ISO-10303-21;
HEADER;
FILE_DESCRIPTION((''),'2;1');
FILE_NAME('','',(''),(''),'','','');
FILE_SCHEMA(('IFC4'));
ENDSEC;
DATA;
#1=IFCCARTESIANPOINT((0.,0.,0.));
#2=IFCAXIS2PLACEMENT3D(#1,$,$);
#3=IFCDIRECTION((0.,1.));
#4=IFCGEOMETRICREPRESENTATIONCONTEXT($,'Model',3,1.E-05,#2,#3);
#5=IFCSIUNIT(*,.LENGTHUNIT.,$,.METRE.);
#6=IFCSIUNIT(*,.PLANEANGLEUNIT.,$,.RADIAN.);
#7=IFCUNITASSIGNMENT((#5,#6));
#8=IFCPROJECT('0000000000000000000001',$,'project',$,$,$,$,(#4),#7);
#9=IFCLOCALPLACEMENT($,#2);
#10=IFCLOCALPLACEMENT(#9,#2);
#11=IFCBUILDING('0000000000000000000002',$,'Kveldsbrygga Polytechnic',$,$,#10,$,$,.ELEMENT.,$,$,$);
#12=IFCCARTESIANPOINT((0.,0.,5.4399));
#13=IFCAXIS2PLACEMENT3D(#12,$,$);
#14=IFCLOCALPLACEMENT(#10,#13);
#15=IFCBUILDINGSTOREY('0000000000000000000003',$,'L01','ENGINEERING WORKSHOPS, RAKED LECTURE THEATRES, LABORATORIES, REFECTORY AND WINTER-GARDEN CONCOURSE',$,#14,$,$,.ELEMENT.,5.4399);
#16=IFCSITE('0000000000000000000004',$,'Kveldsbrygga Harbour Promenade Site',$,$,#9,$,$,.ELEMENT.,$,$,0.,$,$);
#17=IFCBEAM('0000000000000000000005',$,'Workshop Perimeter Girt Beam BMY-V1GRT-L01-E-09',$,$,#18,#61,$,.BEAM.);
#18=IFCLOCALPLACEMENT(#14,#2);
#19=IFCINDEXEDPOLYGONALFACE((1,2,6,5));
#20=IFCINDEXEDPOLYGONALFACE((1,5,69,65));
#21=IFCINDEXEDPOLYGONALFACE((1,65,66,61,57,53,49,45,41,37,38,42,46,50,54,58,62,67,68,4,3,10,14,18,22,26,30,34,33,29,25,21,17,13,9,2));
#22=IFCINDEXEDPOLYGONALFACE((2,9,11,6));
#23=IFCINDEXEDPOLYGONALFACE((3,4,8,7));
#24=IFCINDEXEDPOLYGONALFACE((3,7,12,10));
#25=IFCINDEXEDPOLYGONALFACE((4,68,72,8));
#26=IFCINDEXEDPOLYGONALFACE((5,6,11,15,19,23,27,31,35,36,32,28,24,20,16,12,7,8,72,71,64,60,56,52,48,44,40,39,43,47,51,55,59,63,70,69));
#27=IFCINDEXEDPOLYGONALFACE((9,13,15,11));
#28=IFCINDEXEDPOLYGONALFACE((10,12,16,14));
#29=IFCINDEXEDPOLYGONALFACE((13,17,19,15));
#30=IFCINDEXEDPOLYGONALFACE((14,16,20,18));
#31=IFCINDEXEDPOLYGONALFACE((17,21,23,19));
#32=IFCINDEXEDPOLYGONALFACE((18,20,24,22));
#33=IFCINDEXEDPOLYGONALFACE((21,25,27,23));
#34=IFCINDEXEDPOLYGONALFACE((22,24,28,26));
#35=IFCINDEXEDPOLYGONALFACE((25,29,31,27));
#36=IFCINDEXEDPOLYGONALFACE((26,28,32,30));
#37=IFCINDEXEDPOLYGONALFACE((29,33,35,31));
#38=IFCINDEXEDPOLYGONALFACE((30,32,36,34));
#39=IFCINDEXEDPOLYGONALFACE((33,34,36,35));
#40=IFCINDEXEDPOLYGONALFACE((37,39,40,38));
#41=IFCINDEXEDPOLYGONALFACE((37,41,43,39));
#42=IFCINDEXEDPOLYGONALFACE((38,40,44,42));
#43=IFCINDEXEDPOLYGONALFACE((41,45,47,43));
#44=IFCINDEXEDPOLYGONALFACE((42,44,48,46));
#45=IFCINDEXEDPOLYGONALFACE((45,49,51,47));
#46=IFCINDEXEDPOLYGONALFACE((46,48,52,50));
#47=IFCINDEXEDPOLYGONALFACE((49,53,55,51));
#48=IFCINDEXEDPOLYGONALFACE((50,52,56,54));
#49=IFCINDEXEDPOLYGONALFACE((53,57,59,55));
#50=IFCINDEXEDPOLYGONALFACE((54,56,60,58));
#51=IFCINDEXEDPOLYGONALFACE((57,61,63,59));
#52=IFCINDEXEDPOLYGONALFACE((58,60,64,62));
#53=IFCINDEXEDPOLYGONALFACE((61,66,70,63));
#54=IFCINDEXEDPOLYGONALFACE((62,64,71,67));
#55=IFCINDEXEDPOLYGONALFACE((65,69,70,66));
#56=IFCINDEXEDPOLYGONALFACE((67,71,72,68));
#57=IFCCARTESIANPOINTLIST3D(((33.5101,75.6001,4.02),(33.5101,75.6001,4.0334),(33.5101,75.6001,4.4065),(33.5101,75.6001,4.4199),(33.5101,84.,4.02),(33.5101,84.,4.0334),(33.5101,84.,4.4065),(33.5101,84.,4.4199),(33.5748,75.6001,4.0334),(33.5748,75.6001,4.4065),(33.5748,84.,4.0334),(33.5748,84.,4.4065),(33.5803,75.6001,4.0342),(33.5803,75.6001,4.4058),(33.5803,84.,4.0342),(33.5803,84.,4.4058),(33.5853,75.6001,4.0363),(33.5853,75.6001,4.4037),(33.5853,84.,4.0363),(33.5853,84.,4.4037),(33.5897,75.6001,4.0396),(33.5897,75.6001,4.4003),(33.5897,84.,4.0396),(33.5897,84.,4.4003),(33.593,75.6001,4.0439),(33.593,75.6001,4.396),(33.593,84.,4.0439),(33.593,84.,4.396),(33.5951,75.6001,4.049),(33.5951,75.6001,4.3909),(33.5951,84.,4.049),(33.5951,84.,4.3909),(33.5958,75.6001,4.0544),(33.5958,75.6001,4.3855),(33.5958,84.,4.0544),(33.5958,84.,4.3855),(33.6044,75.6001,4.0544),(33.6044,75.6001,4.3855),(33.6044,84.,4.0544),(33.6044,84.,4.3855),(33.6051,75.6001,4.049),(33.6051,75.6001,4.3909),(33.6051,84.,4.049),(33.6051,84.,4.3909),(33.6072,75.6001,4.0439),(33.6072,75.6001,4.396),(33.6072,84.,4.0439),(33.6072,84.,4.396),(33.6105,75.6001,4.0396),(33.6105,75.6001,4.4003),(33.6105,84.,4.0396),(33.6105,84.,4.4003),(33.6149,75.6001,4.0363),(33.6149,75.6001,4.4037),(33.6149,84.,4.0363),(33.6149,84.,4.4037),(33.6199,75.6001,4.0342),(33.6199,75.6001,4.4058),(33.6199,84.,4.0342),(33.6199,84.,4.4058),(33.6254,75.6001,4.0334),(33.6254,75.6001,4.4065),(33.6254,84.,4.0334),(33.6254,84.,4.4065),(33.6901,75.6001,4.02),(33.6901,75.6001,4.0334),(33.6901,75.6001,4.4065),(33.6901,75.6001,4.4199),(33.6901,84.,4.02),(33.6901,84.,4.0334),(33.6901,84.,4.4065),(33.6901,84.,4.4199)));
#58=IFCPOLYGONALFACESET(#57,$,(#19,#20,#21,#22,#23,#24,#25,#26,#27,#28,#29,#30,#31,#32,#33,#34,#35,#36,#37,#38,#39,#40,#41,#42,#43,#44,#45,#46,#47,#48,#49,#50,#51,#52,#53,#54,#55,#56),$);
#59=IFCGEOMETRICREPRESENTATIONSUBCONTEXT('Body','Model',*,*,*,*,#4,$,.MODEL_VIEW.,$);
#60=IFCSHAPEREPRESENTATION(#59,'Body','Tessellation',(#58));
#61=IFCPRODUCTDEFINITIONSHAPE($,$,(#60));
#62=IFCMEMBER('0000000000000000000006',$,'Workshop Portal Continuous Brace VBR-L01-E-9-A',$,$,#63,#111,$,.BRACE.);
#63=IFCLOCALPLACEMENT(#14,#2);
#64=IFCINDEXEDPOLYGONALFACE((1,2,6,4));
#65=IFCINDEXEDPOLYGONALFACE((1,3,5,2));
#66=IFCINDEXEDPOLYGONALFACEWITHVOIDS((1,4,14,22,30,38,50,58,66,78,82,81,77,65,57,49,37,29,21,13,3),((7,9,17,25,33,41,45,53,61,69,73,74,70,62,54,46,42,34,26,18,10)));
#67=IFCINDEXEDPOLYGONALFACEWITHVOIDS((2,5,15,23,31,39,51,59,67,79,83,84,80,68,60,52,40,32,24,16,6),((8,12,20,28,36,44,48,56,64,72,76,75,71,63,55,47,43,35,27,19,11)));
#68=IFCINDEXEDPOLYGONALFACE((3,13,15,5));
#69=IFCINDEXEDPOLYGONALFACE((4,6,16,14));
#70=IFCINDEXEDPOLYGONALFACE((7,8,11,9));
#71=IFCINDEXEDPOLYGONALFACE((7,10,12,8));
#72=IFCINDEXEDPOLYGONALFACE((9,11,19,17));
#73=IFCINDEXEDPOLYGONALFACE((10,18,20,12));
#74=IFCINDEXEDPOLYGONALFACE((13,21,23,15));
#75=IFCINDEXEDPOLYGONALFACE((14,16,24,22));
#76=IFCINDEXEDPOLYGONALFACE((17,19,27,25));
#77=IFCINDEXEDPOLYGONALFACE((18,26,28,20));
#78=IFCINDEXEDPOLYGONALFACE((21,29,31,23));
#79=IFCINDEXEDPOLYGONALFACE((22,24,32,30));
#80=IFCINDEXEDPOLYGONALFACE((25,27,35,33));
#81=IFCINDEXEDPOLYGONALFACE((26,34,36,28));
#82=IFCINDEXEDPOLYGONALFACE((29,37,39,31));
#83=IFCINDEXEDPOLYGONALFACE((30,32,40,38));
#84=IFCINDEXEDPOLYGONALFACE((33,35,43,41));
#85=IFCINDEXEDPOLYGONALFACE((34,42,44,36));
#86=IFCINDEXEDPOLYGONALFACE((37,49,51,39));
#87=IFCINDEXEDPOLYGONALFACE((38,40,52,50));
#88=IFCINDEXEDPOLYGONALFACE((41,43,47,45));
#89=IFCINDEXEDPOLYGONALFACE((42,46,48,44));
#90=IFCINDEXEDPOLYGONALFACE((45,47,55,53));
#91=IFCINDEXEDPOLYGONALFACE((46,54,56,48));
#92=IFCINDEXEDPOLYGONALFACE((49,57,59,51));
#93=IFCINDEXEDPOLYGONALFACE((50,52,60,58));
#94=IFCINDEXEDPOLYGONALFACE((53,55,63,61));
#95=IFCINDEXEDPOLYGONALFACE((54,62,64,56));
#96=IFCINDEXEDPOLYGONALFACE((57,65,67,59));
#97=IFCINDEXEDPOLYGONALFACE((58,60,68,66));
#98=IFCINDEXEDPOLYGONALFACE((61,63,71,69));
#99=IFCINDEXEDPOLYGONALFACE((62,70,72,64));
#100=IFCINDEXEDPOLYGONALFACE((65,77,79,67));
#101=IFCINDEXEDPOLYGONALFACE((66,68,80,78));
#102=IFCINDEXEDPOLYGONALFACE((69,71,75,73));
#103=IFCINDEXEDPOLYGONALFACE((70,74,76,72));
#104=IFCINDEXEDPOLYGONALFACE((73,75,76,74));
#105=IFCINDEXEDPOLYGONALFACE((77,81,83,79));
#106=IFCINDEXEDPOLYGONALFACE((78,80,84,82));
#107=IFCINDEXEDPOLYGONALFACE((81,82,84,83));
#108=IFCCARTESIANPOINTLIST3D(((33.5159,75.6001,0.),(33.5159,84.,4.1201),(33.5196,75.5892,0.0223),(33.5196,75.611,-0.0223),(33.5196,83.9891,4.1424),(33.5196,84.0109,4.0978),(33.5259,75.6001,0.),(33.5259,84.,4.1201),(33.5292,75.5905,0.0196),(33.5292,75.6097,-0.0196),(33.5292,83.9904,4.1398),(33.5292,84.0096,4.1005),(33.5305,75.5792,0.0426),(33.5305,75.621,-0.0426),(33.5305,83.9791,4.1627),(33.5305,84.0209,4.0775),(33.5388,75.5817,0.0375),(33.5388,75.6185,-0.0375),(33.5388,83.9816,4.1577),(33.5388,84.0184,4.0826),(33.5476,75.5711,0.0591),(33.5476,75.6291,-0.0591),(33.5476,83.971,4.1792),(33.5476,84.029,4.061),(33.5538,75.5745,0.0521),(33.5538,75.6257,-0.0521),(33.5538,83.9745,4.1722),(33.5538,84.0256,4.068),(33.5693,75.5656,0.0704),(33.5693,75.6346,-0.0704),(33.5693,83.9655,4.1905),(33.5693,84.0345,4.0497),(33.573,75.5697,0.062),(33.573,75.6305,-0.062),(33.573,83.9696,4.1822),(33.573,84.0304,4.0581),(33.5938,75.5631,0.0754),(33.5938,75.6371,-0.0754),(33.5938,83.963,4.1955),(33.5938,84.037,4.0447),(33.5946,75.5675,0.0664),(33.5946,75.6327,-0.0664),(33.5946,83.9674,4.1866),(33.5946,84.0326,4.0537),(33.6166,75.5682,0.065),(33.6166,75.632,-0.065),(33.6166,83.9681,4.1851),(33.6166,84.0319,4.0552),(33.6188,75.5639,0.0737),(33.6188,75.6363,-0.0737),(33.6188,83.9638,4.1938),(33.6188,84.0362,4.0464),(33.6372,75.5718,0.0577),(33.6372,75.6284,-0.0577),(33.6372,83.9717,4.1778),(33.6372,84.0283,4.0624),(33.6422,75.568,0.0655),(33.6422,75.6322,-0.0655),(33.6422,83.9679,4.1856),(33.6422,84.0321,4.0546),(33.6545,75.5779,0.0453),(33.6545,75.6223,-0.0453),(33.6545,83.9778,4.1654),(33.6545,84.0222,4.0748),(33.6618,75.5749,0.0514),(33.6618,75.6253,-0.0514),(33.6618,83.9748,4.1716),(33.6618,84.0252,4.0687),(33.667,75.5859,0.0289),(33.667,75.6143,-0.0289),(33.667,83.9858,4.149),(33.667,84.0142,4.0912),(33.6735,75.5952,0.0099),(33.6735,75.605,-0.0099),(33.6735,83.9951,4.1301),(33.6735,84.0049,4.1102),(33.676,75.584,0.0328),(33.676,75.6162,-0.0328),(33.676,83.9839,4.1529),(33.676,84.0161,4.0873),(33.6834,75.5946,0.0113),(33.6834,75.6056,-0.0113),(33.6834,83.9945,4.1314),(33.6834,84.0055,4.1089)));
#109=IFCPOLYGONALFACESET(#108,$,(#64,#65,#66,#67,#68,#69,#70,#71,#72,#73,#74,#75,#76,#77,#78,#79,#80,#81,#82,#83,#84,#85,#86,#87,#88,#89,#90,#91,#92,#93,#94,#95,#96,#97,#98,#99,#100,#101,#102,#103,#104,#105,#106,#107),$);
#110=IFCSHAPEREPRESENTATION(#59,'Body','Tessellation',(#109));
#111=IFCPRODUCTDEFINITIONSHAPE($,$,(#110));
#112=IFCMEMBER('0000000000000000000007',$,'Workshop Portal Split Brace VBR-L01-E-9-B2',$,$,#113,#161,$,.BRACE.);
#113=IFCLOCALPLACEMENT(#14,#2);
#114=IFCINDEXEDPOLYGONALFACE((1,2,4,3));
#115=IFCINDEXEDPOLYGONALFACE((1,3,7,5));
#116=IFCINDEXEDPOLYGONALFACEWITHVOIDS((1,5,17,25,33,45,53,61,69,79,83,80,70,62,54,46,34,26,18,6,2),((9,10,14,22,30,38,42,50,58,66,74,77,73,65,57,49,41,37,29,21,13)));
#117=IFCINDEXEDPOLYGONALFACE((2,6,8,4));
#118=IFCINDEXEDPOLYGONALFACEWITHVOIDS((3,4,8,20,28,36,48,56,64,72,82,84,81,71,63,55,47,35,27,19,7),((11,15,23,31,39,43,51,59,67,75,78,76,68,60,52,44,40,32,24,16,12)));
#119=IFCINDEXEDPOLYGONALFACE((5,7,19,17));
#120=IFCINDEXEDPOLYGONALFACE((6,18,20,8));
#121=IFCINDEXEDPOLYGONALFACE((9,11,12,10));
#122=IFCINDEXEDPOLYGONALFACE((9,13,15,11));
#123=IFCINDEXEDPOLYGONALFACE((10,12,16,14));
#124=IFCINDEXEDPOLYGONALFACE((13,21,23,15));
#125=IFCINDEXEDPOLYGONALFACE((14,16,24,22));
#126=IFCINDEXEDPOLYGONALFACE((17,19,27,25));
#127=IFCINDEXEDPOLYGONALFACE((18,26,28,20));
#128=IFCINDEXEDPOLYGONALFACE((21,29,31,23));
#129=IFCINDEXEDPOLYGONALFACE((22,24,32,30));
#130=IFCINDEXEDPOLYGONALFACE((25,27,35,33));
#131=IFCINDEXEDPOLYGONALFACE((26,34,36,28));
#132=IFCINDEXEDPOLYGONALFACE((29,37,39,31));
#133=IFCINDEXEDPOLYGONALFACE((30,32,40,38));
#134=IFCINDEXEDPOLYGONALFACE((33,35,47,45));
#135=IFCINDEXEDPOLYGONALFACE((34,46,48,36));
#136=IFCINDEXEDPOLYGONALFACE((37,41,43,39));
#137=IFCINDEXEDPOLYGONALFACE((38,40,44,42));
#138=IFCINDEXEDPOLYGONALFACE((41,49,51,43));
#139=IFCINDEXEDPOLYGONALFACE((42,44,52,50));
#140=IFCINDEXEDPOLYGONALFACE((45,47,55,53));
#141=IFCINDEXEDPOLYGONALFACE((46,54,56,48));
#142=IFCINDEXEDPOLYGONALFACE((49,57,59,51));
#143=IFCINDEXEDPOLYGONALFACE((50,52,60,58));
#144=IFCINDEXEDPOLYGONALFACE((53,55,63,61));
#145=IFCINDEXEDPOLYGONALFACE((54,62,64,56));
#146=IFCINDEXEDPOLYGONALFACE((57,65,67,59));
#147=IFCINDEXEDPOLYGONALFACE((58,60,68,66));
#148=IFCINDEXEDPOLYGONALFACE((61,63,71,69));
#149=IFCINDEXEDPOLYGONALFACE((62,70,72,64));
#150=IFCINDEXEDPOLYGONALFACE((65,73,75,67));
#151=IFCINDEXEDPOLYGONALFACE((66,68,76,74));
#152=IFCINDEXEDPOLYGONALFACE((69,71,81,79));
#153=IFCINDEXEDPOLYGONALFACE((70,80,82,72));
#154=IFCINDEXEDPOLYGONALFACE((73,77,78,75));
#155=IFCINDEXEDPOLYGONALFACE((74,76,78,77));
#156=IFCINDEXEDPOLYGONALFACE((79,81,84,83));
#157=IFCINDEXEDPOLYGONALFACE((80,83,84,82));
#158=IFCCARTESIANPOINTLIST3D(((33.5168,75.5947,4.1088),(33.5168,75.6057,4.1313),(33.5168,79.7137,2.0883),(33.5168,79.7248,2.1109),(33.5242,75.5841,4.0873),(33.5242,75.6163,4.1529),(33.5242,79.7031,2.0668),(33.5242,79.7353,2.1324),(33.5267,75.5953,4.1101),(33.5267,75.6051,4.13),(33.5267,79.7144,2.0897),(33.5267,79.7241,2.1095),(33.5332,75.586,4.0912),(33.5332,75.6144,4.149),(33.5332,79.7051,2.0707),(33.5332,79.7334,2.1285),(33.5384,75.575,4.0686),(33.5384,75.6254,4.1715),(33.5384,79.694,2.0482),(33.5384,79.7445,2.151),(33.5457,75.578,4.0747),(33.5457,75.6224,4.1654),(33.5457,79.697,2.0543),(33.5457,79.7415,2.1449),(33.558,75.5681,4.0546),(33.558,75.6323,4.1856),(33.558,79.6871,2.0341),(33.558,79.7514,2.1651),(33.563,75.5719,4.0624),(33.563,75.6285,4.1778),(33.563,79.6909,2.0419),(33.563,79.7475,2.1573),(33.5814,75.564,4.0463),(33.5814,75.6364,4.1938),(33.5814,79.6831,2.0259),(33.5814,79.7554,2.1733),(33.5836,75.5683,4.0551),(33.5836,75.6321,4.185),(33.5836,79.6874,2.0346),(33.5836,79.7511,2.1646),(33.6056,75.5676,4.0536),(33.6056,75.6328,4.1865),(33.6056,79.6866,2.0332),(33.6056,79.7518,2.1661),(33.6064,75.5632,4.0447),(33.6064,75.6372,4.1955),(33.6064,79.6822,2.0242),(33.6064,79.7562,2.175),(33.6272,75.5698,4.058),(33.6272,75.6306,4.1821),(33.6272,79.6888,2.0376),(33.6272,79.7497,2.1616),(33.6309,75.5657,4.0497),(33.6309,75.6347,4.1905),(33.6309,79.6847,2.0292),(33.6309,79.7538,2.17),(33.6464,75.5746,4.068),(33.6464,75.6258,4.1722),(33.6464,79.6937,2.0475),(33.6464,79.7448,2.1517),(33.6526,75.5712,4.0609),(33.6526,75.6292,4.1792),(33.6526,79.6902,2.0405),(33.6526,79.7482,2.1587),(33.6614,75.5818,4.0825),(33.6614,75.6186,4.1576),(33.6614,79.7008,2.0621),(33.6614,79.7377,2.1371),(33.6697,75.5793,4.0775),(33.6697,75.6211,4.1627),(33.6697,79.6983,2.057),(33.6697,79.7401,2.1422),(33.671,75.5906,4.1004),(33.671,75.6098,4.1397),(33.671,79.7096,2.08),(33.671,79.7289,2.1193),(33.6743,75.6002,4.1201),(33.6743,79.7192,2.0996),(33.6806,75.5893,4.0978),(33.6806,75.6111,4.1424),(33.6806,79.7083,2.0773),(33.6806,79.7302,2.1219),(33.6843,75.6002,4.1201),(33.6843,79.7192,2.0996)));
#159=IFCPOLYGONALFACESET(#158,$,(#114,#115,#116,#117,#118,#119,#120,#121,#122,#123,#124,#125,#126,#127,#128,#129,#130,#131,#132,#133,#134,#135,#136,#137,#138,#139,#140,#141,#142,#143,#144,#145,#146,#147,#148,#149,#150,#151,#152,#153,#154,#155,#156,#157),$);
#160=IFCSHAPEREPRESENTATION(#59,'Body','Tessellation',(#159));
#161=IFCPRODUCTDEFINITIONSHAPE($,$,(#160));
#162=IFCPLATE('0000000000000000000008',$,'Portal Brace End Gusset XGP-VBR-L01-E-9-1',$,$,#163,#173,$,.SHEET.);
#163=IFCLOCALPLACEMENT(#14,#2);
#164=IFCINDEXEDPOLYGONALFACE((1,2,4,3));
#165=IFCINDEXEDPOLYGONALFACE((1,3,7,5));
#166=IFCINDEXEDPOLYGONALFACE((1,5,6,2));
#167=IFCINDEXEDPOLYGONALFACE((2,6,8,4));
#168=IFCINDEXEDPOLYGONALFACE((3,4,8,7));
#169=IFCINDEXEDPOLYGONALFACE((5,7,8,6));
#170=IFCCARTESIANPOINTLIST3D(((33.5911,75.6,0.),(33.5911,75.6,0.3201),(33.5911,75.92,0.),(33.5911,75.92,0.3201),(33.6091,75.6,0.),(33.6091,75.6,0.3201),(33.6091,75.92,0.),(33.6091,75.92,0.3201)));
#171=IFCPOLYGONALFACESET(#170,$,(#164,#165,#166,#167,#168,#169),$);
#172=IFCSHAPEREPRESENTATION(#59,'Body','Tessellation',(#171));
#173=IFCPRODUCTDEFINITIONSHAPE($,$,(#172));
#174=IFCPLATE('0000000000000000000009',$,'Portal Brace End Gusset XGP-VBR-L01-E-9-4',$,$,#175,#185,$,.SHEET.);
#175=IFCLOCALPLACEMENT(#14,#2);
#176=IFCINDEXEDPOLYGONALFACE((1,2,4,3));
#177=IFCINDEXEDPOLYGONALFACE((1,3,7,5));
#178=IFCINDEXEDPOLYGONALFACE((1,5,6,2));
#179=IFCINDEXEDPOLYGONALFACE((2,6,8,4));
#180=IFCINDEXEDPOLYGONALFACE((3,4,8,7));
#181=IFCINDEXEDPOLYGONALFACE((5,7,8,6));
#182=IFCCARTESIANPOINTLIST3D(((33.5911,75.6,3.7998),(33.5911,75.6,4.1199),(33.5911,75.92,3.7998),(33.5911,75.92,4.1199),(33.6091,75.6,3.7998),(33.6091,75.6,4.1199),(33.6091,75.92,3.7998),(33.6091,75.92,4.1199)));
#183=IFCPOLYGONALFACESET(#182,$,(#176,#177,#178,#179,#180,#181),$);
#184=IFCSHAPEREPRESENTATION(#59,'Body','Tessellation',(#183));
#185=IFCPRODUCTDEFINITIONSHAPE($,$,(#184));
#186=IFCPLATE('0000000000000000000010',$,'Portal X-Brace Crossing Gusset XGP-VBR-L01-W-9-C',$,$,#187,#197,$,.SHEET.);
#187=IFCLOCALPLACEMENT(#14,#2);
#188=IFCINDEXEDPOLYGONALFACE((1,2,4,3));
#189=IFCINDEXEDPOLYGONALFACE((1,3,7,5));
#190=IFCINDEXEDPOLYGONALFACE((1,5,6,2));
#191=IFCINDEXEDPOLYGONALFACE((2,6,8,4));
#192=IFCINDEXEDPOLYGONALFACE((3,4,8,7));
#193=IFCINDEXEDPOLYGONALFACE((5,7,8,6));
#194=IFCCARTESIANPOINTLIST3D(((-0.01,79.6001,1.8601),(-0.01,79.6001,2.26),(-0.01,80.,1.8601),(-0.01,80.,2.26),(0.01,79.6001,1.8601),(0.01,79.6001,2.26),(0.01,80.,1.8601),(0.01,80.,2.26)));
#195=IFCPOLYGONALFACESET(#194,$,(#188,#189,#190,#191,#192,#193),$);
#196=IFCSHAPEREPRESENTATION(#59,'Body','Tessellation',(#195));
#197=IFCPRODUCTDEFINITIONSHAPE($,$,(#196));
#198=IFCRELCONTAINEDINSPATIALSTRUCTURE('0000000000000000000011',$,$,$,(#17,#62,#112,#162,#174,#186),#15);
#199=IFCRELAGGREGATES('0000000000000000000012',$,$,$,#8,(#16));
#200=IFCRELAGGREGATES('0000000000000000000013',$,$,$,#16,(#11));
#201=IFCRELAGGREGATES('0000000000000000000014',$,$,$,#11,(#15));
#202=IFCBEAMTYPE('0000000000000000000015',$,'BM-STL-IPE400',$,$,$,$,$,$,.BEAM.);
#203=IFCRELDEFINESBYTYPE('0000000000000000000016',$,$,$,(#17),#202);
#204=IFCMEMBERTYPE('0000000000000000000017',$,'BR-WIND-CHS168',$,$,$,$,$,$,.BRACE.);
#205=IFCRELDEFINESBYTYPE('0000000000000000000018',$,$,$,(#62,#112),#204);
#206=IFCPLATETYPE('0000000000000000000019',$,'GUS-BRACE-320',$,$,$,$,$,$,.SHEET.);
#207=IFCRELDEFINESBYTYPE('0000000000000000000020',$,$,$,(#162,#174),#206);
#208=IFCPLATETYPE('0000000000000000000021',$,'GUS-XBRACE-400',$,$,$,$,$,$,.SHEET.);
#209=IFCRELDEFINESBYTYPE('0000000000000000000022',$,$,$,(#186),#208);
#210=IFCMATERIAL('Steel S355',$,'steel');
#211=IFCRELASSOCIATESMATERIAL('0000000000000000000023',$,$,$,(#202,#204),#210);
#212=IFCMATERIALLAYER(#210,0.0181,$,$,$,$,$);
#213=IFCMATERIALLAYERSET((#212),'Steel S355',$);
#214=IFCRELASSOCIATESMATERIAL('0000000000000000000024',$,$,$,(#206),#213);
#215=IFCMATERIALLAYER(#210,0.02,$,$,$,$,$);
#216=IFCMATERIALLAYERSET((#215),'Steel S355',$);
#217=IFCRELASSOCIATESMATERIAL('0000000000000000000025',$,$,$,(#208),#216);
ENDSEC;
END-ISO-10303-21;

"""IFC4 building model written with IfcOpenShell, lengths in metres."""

from ifc_helpers import new_model, si_unit, direction, frame, origin, origin_2d, place, context, subcontext, project, spatial, rectangle, hollow_circle, i_section, extrude, material, layer, layer_set, material_profile, profile_set, type_object, element, save


model = new_model("IFC4")

# Units and contexts
model_context = context("Model", 3, precision=1e-05, world=origin(), true_north=direction((0.0, 1.0)))
body_context = subcontext(model_context, "Body", "Model", "MODEL_VIEW")
ifc_project = project(units=[si_unit("LENGTHUNIT", "METRE"), si_unit("PLANEANGLEUNIT", "RADIAN")], contexts=[model_context])

# Site, building, storey
site_placement = place(None, origin())
site = spatial("IfcSite", under=ifc_project, at=site_placement, Name="Kveldsbrygga Harbour Promenade Site", CompositionType="ELEMENT", RefElevation=0.0)
building_placement = place(site_placement, origin())
building = spatial("IfcBuilding", under=site, at=building_placement, Name="Kveldsbrygga Polytechnic", CompositionType="ELEMENT")
storey_placement = place(building_placement, frame((0.0, 0.0, 5.4399)))
storey = spatial("IfcBuildingStorey", under=building, at=storey_placement, Name="L01", Description="ENGINEERING WORKSHOPS, RAKED LECTURE THEATRES, LABORATORIES, REFECTORY AND WINTER-GARDEN CONCOURSE", CompositionType="ELEMENT", Elevation=5.4399)

# Beam
ifc_material_1 = material(Name="Steel S355", Category="steel")
ifc_material_profile_1 = material_profile(ifc_material_1, i_section(OverallWidth=0.1799, OverallDepth=0.3999, WebThickness=0.0085, FlangeThickness=0.0134, FilletRadius=0.021, at=origin_2d()), Name="IPE 400")
ifc_profile_set_1 = profile_set([ifc_material_profile_1], Name="Steel S355")
beam_type_1 = type_object("IfcBeamType", Name="BM-STL-IPE400", PredefinedType="BEAM", material=ifc_profile_set_1)
beam_1_placement = place(storey_placement, frame((33.6001, 75.6001, 4.22), z_axis=(0.0, 1.0, 0.0), x_axis=(-1.0, 0.0, 0.0)))
element("IfcBeam", 1, at=beam_1_placement, inside=storey, type_object=beam_type_1, Name="Workshop Perimeter Girt Beam BMY-V1GRT-L01-E-09", PredefinedType="BEAM", context=body_context, shape_type="SweptSolid", body=[
    extrude(i_section(OverallWidth=0.1799, OverallDepth=0.3999, WebThickness=0.0085, FlangeThickness=0.0134, FilletRadius=0.021, at=origin_2d()), origin(), (0.0, 0.0, 1.0), 8.3999),
])

# Members
ifc_material_profile_2 = material_profile(ifc_material_1, hollow_circle(Radius=0.0842, WallThickness=0.01, at=origin_2d()), Name="CHS 168.3x10.0")
ifc_profile_set_2 = profile_set([ifc_material_profile_2], Name="Steel S355")
member_type = type_object("IfcMemberType", Name="BR-WIND-CHS168", PredefinedType="BRACE", material=ifc_profile_set_2)
member_1_placement = place(storey_placement, frame((33.6001, 75.6001, 0.0), z_axis=(0.0, 0.897814, 0.440374), x_axis=(-1.0, 0.0, 0.0)))
element("IfcMember", 2, at=member_1_placement, inside=storey, type_object=member_type, Name="Workshop Portal Continuous Brace VBR-L01-E-9-A", PredefinedType="BRACE", context=body_context, shape_type="SweptSolid", body=[
    extrude(hollow_circle(Radius=0.0842, WallThickness=0.01, at=origin_2d()), origin(), (0.0, 0.0, 1.0), 9.356),
])
member_2_placement = place(storey_placement, frame((33.6001, 79.7192, 2.0996), z_axis=(0.0, -0.897807, 0.440389), x_axis=(1.0, 0.0, 0.0)))
element("IfcMember", 3, at=member_2_placement, inside=storey, type_object=member_type, Name="Workshop Portal Split Brace VBR-L01-E-9-B2", PredefinedType="BRACE", context=body_context, shape_type="SweptSolid", body=[
    extrude(hollow_circle(Radius=0.0842, WallThickness=0.01, at=origin_2d()), origin(), (0.0, 0.0, 1.0), 4.5879),
])

# Plates
ifc_layer_1 = layer(ifc_material_1, 0.0181)
ifc_layer_set_1 = layer_set([ifc_layer_1], Name="Steel S355")
plate_type_1 = type_object("IfcPlateType", Name="GUS-BRACE-320", PredefinedType="SHEET", material=ifc_layer_set_1)
for number, where, z_axis, x_axis, name in (
    (4, (33.6001, 75.76, 0.0), (0.0, 0.0, 1.0), (1.0, 0.0, 0.0), "Portal Brace End Gusset XGP-VBR-L01-E-9-1"),
    (5, (33.6001, 75.76, 3.7998), (0.0, 0.0, 1.0), (1.0, 0.0, 0.0), "Portal Brace End Gusset XGP-VBR-L01-E-9-4"),
):
    element("IfcPlate", number, at=place(storey_placement, frame(where, z_axis=z_axis, x_axis=x_axis)), inside=storey, type_object=plate_type_1, Name=name, PredefinedType="SHEET", context=body_context, shape_type="SweptSolid", body=[
        extrude(rectangle(XDim=0.0181, YDim=0.3201, at=origin_2d()), origin(), (0.0, 0.0, 1.0), 0.3201),
    ])
ifc_layer_2 = layer(ifc_material_1, 0.02)
ifc_layer_set_2 = layer_set([ifc_layer_2], Name="Steel S355")
plate_type_2 = type_object("IfcPlateType", Name="GUS-XBRACE-400", PredefinedType="SHEET", material=ifc_layer_set_2)
for number, where, z_axis, x_axis, name in (
    (6, (0.0, 79.8, 1.8601), (0.0, 0.0, 1.0), (1.0, 0.0, 0.0), "Portal X-Brace Crossing Gusset XGP-VBR-L01-W-9-C"),
):
    element("IfcPlate", number, at=place(storey_placement, frame(where, z_axis=z_axis, x_axis=x_axis)), inside=storey, type_object=plate_type_2, Name=name, PredefinedType="SHEET", context=body_context, shape_type="SweptSolid", body=[
        extrude(rectangle(XDim=0.02, YDim=0.3999, at=origin_2d()), origin(), (0.0, 0.0, 1.0), 0.3999),
    ])

save(model, "model.ifc")
